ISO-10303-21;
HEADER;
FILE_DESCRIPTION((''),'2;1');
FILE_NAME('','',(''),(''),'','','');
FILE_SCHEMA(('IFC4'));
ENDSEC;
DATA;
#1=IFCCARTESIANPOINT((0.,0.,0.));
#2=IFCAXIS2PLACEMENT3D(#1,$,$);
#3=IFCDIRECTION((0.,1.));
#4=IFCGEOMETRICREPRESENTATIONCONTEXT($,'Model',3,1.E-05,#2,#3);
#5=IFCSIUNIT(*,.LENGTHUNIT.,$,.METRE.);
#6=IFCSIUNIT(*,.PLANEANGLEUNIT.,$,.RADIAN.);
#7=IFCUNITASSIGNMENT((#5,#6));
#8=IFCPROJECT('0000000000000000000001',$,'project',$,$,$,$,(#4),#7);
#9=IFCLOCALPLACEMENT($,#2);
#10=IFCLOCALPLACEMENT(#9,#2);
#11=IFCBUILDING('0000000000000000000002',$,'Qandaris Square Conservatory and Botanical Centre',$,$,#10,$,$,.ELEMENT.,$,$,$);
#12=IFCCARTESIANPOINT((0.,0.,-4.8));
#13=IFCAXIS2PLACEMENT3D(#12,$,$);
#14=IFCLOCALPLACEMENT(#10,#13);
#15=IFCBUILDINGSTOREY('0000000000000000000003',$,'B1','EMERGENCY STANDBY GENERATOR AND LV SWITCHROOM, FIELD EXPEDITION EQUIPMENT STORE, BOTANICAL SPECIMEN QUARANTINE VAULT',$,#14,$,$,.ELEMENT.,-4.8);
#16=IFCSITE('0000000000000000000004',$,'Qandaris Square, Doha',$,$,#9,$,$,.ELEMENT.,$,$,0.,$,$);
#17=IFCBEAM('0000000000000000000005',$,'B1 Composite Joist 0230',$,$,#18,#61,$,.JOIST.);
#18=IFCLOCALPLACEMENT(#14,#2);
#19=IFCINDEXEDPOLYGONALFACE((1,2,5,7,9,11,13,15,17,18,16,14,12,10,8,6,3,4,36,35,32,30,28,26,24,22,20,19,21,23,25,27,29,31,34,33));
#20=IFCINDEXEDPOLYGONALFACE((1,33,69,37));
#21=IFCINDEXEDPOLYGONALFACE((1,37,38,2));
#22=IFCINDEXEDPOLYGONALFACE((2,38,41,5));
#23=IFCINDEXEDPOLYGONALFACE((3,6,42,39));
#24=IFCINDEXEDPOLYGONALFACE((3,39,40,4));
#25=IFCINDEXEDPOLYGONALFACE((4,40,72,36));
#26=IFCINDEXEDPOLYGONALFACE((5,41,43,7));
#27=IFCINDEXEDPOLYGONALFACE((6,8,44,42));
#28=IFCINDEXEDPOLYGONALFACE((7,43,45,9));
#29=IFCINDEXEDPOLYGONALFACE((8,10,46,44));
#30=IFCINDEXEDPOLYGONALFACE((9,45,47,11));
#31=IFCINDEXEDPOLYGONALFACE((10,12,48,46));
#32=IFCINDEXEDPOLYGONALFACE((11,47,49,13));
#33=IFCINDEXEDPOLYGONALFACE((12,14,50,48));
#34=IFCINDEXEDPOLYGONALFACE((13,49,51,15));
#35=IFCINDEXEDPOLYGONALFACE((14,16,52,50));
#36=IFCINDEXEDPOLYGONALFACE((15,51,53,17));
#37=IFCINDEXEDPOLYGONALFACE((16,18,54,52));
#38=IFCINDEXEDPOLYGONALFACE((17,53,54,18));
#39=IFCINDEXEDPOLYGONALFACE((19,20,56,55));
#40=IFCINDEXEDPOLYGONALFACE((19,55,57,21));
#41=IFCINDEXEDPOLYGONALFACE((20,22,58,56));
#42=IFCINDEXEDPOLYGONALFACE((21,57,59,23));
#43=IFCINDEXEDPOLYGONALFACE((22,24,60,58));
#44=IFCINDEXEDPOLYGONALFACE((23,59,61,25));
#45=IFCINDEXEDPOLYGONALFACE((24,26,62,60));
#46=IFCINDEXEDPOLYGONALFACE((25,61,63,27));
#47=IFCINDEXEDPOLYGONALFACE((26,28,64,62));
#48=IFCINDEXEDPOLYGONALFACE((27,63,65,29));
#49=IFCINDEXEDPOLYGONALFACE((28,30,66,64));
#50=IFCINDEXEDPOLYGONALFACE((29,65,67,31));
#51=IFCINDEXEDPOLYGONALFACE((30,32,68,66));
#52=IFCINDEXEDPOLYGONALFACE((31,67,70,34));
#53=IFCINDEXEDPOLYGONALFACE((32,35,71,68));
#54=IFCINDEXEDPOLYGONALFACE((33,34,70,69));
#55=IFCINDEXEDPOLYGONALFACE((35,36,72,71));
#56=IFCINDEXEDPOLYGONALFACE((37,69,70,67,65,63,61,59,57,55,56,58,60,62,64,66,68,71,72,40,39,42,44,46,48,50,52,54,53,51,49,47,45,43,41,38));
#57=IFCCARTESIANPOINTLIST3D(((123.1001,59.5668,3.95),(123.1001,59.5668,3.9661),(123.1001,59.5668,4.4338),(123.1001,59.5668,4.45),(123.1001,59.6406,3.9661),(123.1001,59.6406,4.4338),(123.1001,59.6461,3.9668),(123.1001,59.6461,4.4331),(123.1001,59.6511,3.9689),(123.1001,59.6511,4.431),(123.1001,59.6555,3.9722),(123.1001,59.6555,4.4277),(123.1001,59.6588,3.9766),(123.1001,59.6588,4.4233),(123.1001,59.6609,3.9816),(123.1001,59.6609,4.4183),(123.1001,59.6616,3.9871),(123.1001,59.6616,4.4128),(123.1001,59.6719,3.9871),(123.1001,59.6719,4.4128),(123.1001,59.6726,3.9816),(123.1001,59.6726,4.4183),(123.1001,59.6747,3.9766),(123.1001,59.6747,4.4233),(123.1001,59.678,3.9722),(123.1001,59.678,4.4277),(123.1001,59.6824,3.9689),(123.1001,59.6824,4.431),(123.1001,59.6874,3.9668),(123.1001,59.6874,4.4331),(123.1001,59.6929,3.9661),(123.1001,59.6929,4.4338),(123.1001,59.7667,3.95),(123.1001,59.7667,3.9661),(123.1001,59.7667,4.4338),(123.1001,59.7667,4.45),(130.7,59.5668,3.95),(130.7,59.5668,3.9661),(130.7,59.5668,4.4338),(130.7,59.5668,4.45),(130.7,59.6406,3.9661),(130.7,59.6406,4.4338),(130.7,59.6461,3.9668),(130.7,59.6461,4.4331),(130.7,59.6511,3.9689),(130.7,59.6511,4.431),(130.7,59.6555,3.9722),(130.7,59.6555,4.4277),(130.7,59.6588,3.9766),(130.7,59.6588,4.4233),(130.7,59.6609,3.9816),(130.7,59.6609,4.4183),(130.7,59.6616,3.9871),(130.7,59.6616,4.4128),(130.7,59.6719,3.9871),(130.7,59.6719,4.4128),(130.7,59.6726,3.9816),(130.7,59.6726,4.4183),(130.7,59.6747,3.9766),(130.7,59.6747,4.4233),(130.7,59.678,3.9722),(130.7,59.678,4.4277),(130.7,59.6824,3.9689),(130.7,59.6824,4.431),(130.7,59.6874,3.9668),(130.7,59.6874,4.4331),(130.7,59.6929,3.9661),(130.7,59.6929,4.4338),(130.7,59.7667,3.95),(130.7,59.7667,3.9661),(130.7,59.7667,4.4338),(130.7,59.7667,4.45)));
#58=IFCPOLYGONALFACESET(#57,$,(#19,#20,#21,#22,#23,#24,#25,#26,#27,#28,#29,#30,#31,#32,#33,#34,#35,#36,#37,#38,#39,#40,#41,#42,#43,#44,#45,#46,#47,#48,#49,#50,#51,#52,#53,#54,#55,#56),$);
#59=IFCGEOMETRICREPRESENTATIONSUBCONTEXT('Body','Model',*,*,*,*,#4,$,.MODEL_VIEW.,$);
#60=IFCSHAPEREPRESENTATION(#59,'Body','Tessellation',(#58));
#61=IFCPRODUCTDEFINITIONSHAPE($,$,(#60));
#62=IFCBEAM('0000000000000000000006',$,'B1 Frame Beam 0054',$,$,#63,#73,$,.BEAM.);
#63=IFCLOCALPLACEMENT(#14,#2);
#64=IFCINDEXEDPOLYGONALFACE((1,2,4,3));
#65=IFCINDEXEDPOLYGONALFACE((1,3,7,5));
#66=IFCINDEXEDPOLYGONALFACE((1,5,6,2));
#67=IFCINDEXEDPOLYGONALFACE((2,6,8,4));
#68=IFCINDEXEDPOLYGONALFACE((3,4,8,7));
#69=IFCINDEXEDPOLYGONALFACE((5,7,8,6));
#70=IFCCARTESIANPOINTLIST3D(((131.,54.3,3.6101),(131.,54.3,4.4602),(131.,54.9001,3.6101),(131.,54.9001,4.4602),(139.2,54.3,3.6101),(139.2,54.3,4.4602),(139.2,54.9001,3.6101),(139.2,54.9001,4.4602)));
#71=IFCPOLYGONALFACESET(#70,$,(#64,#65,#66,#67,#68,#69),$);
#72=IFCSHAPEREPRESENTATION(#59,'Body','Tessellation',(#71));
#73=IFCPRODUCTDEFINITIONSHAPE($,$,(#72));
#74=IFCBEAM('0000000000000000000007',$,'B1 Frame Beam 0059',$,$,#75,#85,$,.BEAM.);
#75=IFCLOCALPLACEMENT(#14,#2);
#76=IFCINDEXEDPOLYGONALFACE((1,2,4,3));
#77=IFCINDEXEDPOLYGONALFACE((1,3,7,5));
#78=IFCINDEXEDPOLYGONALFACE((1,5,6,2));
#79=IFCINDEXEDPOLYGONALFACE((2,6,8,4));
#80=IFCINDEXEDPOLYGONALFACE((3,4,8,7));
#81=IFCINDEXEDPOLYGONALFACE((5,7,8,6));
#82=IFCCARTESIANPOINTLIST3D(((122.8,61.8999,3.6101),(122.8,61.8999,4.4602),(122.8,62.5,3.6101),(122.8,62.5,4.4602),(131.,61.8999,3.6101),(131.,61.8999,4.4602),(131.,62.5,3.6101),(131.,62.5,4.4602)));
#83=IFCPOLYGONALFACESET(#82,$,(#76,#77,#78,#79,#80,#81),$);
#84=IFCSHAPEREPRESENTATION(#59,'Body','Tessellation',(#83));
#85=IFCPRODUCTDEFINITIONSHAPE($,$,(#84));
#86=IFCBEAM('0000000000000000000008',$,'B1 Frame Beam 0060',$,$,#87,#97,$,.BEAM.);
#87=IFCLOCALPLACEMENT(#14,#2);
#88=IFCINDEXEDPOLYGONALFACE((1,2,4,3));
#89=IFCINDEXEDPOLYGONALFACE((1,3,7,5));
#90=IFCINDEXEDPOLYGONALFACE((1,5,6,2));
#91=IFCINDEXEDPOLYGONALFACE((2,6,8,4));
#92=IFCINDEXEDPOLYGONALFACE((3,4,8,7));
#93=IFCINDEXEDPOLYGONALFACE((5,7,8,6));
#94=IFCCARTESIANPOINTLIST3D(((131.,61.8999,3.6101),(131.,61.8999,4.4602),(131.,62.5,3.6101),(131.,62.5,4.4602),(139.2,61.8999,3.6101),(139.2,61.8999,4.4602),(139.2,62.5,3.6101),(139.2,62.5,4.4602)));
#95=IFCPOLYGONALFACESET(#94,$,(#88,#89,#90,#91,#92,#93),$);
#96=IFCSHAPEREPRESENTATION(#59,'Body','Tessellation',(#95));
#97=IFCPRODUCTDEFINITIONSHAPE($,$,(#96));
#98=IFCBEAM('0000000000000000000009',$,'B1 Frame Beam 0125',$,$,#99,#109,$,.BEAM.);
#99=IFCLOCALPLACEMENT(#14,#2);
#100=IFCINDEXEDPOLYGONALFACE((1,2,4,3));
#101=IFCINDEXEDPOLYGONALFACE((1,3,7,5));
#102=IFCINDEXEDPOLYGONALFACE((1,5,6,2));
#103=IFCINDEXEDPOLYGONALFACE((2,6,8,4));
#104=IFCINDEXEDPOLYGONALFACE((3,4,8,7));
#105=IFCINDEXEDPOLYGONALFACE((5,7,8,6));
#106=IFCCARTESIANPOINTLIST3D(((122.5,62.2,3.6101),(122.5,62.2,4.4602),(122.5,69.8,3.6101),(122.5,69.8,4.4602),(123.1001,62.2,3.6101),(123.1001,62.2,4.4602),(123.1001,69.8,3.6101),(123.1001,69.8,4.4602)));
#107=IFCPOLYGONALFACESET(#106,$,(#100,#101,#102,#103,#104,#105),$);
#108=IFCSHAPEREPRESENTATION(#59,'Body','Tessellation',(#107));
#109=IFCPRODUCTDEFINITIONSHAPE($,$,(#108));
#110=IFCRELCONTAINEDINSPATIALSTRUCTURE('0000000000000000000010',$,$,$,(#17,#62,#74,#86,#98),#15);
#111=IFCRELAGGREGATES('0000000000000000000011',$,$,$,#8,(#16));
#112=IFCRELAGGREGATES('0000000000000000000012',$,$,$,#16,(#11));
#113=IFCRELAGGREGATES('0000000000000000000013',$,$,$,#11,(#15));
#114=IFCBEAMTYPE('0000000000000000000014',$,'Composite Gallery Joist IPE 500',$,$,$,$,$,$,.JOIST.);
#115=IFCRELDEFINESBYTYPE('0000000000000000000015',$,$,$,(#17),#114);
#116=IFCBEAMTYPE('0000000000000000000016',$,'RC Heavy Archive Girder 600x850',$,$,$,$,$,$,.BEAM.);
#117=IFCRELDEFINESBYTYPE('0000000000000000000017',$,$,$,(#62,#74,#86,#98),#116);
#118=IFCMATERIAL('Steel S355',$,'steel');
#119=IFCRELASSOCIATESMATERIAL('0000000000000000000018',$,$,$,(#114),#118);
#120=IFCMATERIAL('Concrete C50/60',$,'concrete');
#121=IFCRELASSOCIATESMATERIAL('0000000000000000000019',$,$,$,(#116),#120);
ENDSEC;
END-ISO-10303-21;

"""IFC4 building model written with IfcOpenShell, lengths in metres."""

from ifc_helpers import new_model, si_unit, direction, frame, origin, origin_2d, place, context, subcontext, project, spatial, rectangle, i_section, extrude, material, material_profile, profile_set, type_object, element, save


model = new_model("IFC4")

# Units and contexts
model_context = context("Model", 3, precision=1e-05, world=origin(), true_north=direction((0.0, 1.0)))
body_context = subcontext(model_context, "Body", "Model", "MODEL_VIEW")
ifc_project = project(units=[si_unit("LENGTHUNIT", "METRE"), si_unit("PLANEANGLEUNIT", "RADIAN")], contexts=[model_context])

# Site, building, storey
site_placement = place(None, origin())
site = spatial("IfcSite", under=ifc_project, at=site_placement, Name="Qandaris Square, Doha", CompositionType="ELEMENT", RefElevation=0.0)
building_placement = place(site_placement, origin())
building = spatial("IfcBuilding", under=site, at=building_placement, Name="Qandaris Square Conservatory and Botanical Centre", CompositionType="ELEMENT")
storey_placement = place(building_placement, frame((0.0, 0.0, -4.8)))
storey = spatial("IfcBuildingStorey", under=building, at=storey_placement, Name="B1", Description="EMERGENCY STANDBY GENERATOR AND LV SWITCHROOM, FIELD EXPEDITION EQUIPMENT STORE, BOTANICAL SPECIMEN QUARANTINE VAULT", CompositionType="ELEMENT", Elevation=-4.8)

# Shared definitions
ifc_material_1 = material(Name="Concrete C50/60", Category="concrete")

# Beams
ifc_material_2 = material(Name="Steel S355", Category="steel")
ifc_material_profile_1 = material_profile(ifc_material_2, i_section(OverallWidth=0.2, OverallDepth=0.5, WebThickness=0.0103, FlangeThickness=0.0161, FilletRadius=0.021, at=origin_2d()), Name="IPE 500")
ifc_profile_set_1 = profile_set([ifc_material_profile_1], Name="Steel S355")
beam_type_1 = type_object("IfcBeamType", Name="Composite Gallery Joist IPE 500", PredefinedType="JOIST", material=ifc_profile_set_1)
beam_1_placement = place(storey_placement, frame((123.1001, 59.6667, 4.2), z_axis=(1.0, 0.0, 0.0), x_axis=(0.0, 1.0, 0.0)))
element("IfcBeam", 1, at=beam_1_placement, inside=storey, type_object=beam_type_1, Name="B1 Composite Joist 0230", PredefinedType="JOIST", context=body_context, shape_type="SweptSolid", body=[
    extrude(i_section(OverallWidth=0.2, OverallDepth=0.5, WebThickness=0.0103, FlangeThickness=0.0161, FilletRadius=0.021, at=origin_2d()), origin(), (0.0, 0.0, 1.0), 7.5999),
])
ifc_material_profile_2 = material_profile(ifc_material_1, rectangle(XDim=0.6001, YDim=0.8501, at=origin_2d()), Name="RC-BM 600x850")
ifc_profile_set_2 = profile_set([ifc_material_profile_2], Name="Concrete C50/60")
beam_type_2 = type_object("IfcBeamType", Name="RC Heavy Archive Girder 600x850", PredefinedType="BEAM", material=ifc_profile_set_2)
for number, where, z_axis, x_axis, name in (
    (2, (131.0, 54.6001, 4.0352), (1.0, 0.0, 0.0), (0.0, 1.0, 0.0), "B1 Frame Beam 0054"),
    (3, (122.8, 62.2, 4.0352), (1.0, 0.0, 0.0), (0.0, 1.0, 0.0), "B1 Frame Beam 0059"),
    (4, (131.0, 62.2, 4.0352), (1.0, 0.0, 0.0), (0.0, 1.0, 0.0), "B1 Frame Beam 0060"),
):
    element("IfcBeam", number, at=place(storey_placement, frame(where, z_axis=z_axis, x_axis=x_axis)), inside=storey, type_object=beam_type_2, Name=name, PredefinedType="BEAM", context=body_context, shape_type="SweptSolid", body=[
        extrude(rectangle(XDim=0.6001, YDim=0.8501, at=origin_2d()), origin(), (0.0, 0.0, 1.0), 8.2),
    ])
beam_2_placement = place(storey_placement, frame((122.8, 62.2, 4.0352), z_axis=(0.0, 1.0, 0.0), x_axis=(-1.0, 0.0, 0.0)))
element("IfcBeam", 5, at=beam_2_placement, inside=storey, type_object=beam_type_2, Name="B1 Frame Beam 0125", PredefinedType="BEAM", context=body_context, shape_type="SweptSolid", body=[
    extrude(rectangle(XDim=0.6001, YDim=0.8501, at=origin_2d()), origin(), (0.0, 0.0, 1.0), 7.6001),
])

save(model, "model.ifc")
